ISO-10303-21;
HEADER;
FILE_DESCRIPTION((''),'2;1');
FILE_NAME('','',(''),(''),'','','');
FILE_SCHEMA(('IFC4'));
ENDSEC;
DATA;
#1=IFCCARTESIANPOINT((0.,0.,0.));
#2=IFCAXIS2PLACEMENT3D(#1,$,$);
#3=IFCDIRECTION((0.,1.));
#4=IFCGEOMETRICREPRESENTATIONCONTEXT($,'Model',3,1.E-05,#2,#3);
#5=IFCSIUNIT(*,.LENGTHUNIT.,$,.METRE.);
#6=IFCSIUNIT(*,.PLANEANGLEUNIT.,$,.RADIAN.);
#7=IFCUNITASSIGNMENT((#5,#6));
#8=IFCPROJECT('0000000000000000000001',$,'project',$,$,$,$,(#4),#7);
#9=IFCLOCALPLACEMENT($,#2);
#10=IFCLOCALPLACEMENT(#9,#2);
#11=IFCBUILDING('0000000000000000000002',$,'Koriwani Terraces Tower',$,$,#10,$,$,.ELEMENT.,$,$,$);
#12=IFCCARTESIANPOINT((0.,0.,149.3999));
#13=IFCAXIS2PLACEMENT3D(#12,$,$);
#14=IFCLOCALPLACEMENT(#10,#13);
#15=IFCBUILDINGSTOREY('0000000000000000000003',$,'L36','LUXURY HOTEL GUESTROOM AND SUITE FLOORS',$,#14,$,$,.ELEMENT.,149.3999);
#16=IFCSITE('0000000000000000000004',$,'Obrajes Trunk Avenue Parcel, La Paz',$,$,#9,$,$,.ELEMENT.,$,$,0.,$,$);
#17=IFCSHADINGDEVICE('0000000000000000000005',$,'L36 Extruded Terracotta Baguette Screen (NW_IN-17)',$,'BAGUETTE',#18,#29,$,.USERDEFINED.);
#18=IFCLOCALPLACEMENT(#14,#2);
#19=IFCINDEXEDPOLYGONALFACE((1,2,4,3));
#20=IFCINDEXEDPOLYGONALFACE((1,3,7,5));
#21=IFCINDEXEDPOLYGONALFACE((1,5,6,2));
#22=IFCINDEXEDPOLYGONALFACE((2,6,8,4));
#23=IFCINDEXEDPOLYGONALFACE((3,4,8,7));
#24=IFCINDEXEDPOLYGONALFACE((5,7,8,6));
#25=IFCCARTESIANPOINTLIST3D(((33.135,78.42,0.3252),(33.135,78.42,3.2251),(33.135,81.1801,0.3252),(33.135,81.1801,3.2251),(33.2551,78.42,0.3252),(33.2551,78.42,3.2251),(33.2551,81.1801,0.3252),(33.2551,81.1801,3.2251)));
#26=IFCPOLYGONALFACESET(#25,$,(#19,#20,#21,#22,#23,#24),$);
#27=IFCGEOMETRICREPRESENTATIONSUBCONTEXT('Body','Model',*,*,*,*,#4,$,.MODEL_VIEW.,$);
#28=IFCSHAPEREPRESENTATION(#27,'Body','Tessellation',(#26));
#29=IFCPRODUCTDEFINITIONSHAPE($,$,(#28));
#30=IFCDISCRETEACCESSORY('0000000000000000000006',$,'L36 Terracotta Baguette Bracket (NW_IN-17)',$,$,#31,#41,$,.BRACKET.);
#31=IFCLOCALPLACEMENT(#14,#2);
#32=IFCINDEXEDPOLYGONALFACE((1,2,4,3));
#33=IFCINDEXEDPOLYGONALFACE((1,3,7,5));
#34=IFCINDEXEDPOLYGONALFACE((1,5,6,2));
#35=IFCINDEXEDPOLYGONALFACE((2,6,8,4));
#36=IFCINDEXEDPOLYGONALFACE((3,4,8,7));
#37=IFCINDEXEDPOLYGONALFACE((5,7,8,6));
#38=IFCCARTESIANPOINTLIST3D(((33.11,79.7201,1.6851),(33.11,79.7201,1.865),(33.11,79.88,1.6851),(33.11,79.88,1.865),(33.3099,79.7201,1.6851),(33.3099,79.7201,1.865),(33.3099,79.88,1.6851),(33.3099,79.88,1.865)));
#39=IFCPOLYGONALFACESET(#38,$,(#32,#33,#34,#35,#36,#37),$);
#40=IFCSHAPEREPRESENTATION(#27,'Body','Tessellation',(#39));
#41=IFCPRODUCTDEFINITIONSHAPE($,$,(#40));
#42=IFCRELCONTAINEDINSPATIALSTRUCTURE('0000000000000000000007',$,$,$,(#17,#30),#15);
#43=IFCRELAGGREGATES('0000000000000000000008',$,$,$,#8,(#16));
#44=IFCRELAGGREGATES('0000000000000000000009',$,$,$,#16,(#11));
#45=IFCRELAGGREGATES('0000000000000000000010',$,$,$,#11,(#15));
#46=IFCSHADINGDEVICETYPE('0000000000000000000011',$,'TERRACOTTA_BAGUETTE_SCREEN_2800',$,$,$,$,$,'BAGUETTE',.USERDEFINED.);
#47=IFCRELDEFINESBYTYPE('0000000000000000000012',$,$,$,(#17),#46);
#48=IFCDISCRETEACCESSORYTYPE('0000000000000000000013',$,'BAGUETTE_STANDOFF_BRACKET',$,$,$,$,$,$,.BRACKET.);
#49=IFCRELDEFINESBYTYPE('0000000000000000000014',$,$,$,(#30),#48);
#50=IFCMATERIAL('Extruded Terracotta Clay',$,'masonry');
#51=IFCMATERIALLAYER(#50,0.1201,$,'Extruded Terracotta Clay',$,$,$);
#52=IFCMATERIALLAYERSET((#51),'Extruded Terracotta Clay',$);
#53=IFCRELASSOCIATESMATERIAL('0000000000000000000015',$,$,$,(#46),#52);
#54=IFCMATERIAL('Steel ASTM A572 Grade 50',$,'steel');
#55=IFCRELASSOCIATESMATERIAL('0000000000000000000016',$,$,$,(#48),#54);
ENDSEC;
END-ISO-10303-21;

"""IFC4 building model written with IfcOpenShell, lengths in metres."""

from ifc_helpers import new_model, si_unit, direction, frame, origin, origin_2d, place, context, subcontext, project, spatial, rectangle, extrude, material, layer, layer_set, type_object, element, save


model = new_model("IFC4")

# Units and contexts
model_context = context("Model", 3, precision=1e-05, world=origin(), true_north=direction((0.0, 1.0)))
body_context = subcontext(model_context, "Body", "Model", "MODEL_VIEW")
ifc_project = project(units=[si_unit("LENGTHUNIT", "METRE"), si_unit("PLANEANGLEUNIT", "RADIAN")], contexts=[model_context])

# Site, building, storey
site_placement = place(None, origin())
site = spatial("IfcSite", under=ifc_project, at=site_placement, Name="Obrajes Trunk Avenue Parcel, La Paz", CompositionType="ELEMENT", RefElevation=0.0)
building_placement = place(site_placement, origin())
building = spatial("IfcBuilding", under=site, at=building_placement, Name="Koriwani Terraces Tower", CompositionType="ELEMENT")
storey_placement = place(building_placement, frame((0.0, 0.0, 149.3999)))
storey = spatial("IfcBuildingStorey", under=building, at=storey_placement, Name="L36", Description="LUXURY HOTEL GUESTROOM AND SUITE FLOORS", CompositionType="ELEMENT", Elevation=149.3999)

# Shared definitions
ifc_material_1 = material(Name="Steel ASTM A572 Grade 50", Category="steel")

# Shading device
ifc_material_2 = material(Name="Extruded Terracotta Clay", Category="masonry")
ifc_layer_1 = layer(ifc_material_2, 0.1201, Name="Extruded Terracotta Clay")
ifc_layer_set_1 = layer_set([ifc_layer_1], Name="Extruded Terracotta Clay")
shading_device_type = type_object("IfcShadingDeviceType", Name="TERRACOTTA_BAGUETTE_SCREEN_2800", ElementType="BAGUETTE", PredefinedType="USERDEFINED", material=ifc_layer_set_1)
shading_device_placement = place(storey_placement, frame((33.1951, 79.8, 0.3252), z_axis=(0.0, 0.0, 1.0), x_axis=(0.0, -1.0, 0.0)))
element("IfcShadingDevice", 1, at=shading_device_placement, inside=storey, type_object=shading_device_type, Name="L36 Extruded Terracotta Baguette Screen (NW_IN-17)", ObjectType="BAGUETTE", PredefinedType="USERDEFINED", context=body_context, shape_type="SweptSolid", body=[
    extrude(rectangle(XDim=2.76, YDim=0.1201, at=origin_2d()), origin(), (0.0, 0.0, 1.0), 2.8999),
])

# Discrete accessory
discrete_accessory_type = type_object("IfcDiscreteAccessoryType", Name="BAGUETTE_STANDOFF_BRACKET", PredefinedType="BRACKET", material=ifc_material_1)
discrete_accessory_placement = place(storey_placement, frame((33.21, 79.8, 1.6851), z_axis=(0.0, 0.0, 1.0), x_axis=(0.0, -1.0, 0.0)))
element("IfcDiscreteAccessory", 2, at=discrete_accessory_placement, inside=storey, type_object=discrete_accessory_type, Name="L36 Terracotta Baguette Bracket (NW_IN-17)", PredefinedType="BRACKET", context=body_context, shape_type="SweptSolid", body=[
    extrude(rectangle(XDim=0.1599, YDim=0.2, at=origin_2d()), origin(), (0.0, 0.0, 1.0), 0.1799),
])

save(model, "model.ifc")
